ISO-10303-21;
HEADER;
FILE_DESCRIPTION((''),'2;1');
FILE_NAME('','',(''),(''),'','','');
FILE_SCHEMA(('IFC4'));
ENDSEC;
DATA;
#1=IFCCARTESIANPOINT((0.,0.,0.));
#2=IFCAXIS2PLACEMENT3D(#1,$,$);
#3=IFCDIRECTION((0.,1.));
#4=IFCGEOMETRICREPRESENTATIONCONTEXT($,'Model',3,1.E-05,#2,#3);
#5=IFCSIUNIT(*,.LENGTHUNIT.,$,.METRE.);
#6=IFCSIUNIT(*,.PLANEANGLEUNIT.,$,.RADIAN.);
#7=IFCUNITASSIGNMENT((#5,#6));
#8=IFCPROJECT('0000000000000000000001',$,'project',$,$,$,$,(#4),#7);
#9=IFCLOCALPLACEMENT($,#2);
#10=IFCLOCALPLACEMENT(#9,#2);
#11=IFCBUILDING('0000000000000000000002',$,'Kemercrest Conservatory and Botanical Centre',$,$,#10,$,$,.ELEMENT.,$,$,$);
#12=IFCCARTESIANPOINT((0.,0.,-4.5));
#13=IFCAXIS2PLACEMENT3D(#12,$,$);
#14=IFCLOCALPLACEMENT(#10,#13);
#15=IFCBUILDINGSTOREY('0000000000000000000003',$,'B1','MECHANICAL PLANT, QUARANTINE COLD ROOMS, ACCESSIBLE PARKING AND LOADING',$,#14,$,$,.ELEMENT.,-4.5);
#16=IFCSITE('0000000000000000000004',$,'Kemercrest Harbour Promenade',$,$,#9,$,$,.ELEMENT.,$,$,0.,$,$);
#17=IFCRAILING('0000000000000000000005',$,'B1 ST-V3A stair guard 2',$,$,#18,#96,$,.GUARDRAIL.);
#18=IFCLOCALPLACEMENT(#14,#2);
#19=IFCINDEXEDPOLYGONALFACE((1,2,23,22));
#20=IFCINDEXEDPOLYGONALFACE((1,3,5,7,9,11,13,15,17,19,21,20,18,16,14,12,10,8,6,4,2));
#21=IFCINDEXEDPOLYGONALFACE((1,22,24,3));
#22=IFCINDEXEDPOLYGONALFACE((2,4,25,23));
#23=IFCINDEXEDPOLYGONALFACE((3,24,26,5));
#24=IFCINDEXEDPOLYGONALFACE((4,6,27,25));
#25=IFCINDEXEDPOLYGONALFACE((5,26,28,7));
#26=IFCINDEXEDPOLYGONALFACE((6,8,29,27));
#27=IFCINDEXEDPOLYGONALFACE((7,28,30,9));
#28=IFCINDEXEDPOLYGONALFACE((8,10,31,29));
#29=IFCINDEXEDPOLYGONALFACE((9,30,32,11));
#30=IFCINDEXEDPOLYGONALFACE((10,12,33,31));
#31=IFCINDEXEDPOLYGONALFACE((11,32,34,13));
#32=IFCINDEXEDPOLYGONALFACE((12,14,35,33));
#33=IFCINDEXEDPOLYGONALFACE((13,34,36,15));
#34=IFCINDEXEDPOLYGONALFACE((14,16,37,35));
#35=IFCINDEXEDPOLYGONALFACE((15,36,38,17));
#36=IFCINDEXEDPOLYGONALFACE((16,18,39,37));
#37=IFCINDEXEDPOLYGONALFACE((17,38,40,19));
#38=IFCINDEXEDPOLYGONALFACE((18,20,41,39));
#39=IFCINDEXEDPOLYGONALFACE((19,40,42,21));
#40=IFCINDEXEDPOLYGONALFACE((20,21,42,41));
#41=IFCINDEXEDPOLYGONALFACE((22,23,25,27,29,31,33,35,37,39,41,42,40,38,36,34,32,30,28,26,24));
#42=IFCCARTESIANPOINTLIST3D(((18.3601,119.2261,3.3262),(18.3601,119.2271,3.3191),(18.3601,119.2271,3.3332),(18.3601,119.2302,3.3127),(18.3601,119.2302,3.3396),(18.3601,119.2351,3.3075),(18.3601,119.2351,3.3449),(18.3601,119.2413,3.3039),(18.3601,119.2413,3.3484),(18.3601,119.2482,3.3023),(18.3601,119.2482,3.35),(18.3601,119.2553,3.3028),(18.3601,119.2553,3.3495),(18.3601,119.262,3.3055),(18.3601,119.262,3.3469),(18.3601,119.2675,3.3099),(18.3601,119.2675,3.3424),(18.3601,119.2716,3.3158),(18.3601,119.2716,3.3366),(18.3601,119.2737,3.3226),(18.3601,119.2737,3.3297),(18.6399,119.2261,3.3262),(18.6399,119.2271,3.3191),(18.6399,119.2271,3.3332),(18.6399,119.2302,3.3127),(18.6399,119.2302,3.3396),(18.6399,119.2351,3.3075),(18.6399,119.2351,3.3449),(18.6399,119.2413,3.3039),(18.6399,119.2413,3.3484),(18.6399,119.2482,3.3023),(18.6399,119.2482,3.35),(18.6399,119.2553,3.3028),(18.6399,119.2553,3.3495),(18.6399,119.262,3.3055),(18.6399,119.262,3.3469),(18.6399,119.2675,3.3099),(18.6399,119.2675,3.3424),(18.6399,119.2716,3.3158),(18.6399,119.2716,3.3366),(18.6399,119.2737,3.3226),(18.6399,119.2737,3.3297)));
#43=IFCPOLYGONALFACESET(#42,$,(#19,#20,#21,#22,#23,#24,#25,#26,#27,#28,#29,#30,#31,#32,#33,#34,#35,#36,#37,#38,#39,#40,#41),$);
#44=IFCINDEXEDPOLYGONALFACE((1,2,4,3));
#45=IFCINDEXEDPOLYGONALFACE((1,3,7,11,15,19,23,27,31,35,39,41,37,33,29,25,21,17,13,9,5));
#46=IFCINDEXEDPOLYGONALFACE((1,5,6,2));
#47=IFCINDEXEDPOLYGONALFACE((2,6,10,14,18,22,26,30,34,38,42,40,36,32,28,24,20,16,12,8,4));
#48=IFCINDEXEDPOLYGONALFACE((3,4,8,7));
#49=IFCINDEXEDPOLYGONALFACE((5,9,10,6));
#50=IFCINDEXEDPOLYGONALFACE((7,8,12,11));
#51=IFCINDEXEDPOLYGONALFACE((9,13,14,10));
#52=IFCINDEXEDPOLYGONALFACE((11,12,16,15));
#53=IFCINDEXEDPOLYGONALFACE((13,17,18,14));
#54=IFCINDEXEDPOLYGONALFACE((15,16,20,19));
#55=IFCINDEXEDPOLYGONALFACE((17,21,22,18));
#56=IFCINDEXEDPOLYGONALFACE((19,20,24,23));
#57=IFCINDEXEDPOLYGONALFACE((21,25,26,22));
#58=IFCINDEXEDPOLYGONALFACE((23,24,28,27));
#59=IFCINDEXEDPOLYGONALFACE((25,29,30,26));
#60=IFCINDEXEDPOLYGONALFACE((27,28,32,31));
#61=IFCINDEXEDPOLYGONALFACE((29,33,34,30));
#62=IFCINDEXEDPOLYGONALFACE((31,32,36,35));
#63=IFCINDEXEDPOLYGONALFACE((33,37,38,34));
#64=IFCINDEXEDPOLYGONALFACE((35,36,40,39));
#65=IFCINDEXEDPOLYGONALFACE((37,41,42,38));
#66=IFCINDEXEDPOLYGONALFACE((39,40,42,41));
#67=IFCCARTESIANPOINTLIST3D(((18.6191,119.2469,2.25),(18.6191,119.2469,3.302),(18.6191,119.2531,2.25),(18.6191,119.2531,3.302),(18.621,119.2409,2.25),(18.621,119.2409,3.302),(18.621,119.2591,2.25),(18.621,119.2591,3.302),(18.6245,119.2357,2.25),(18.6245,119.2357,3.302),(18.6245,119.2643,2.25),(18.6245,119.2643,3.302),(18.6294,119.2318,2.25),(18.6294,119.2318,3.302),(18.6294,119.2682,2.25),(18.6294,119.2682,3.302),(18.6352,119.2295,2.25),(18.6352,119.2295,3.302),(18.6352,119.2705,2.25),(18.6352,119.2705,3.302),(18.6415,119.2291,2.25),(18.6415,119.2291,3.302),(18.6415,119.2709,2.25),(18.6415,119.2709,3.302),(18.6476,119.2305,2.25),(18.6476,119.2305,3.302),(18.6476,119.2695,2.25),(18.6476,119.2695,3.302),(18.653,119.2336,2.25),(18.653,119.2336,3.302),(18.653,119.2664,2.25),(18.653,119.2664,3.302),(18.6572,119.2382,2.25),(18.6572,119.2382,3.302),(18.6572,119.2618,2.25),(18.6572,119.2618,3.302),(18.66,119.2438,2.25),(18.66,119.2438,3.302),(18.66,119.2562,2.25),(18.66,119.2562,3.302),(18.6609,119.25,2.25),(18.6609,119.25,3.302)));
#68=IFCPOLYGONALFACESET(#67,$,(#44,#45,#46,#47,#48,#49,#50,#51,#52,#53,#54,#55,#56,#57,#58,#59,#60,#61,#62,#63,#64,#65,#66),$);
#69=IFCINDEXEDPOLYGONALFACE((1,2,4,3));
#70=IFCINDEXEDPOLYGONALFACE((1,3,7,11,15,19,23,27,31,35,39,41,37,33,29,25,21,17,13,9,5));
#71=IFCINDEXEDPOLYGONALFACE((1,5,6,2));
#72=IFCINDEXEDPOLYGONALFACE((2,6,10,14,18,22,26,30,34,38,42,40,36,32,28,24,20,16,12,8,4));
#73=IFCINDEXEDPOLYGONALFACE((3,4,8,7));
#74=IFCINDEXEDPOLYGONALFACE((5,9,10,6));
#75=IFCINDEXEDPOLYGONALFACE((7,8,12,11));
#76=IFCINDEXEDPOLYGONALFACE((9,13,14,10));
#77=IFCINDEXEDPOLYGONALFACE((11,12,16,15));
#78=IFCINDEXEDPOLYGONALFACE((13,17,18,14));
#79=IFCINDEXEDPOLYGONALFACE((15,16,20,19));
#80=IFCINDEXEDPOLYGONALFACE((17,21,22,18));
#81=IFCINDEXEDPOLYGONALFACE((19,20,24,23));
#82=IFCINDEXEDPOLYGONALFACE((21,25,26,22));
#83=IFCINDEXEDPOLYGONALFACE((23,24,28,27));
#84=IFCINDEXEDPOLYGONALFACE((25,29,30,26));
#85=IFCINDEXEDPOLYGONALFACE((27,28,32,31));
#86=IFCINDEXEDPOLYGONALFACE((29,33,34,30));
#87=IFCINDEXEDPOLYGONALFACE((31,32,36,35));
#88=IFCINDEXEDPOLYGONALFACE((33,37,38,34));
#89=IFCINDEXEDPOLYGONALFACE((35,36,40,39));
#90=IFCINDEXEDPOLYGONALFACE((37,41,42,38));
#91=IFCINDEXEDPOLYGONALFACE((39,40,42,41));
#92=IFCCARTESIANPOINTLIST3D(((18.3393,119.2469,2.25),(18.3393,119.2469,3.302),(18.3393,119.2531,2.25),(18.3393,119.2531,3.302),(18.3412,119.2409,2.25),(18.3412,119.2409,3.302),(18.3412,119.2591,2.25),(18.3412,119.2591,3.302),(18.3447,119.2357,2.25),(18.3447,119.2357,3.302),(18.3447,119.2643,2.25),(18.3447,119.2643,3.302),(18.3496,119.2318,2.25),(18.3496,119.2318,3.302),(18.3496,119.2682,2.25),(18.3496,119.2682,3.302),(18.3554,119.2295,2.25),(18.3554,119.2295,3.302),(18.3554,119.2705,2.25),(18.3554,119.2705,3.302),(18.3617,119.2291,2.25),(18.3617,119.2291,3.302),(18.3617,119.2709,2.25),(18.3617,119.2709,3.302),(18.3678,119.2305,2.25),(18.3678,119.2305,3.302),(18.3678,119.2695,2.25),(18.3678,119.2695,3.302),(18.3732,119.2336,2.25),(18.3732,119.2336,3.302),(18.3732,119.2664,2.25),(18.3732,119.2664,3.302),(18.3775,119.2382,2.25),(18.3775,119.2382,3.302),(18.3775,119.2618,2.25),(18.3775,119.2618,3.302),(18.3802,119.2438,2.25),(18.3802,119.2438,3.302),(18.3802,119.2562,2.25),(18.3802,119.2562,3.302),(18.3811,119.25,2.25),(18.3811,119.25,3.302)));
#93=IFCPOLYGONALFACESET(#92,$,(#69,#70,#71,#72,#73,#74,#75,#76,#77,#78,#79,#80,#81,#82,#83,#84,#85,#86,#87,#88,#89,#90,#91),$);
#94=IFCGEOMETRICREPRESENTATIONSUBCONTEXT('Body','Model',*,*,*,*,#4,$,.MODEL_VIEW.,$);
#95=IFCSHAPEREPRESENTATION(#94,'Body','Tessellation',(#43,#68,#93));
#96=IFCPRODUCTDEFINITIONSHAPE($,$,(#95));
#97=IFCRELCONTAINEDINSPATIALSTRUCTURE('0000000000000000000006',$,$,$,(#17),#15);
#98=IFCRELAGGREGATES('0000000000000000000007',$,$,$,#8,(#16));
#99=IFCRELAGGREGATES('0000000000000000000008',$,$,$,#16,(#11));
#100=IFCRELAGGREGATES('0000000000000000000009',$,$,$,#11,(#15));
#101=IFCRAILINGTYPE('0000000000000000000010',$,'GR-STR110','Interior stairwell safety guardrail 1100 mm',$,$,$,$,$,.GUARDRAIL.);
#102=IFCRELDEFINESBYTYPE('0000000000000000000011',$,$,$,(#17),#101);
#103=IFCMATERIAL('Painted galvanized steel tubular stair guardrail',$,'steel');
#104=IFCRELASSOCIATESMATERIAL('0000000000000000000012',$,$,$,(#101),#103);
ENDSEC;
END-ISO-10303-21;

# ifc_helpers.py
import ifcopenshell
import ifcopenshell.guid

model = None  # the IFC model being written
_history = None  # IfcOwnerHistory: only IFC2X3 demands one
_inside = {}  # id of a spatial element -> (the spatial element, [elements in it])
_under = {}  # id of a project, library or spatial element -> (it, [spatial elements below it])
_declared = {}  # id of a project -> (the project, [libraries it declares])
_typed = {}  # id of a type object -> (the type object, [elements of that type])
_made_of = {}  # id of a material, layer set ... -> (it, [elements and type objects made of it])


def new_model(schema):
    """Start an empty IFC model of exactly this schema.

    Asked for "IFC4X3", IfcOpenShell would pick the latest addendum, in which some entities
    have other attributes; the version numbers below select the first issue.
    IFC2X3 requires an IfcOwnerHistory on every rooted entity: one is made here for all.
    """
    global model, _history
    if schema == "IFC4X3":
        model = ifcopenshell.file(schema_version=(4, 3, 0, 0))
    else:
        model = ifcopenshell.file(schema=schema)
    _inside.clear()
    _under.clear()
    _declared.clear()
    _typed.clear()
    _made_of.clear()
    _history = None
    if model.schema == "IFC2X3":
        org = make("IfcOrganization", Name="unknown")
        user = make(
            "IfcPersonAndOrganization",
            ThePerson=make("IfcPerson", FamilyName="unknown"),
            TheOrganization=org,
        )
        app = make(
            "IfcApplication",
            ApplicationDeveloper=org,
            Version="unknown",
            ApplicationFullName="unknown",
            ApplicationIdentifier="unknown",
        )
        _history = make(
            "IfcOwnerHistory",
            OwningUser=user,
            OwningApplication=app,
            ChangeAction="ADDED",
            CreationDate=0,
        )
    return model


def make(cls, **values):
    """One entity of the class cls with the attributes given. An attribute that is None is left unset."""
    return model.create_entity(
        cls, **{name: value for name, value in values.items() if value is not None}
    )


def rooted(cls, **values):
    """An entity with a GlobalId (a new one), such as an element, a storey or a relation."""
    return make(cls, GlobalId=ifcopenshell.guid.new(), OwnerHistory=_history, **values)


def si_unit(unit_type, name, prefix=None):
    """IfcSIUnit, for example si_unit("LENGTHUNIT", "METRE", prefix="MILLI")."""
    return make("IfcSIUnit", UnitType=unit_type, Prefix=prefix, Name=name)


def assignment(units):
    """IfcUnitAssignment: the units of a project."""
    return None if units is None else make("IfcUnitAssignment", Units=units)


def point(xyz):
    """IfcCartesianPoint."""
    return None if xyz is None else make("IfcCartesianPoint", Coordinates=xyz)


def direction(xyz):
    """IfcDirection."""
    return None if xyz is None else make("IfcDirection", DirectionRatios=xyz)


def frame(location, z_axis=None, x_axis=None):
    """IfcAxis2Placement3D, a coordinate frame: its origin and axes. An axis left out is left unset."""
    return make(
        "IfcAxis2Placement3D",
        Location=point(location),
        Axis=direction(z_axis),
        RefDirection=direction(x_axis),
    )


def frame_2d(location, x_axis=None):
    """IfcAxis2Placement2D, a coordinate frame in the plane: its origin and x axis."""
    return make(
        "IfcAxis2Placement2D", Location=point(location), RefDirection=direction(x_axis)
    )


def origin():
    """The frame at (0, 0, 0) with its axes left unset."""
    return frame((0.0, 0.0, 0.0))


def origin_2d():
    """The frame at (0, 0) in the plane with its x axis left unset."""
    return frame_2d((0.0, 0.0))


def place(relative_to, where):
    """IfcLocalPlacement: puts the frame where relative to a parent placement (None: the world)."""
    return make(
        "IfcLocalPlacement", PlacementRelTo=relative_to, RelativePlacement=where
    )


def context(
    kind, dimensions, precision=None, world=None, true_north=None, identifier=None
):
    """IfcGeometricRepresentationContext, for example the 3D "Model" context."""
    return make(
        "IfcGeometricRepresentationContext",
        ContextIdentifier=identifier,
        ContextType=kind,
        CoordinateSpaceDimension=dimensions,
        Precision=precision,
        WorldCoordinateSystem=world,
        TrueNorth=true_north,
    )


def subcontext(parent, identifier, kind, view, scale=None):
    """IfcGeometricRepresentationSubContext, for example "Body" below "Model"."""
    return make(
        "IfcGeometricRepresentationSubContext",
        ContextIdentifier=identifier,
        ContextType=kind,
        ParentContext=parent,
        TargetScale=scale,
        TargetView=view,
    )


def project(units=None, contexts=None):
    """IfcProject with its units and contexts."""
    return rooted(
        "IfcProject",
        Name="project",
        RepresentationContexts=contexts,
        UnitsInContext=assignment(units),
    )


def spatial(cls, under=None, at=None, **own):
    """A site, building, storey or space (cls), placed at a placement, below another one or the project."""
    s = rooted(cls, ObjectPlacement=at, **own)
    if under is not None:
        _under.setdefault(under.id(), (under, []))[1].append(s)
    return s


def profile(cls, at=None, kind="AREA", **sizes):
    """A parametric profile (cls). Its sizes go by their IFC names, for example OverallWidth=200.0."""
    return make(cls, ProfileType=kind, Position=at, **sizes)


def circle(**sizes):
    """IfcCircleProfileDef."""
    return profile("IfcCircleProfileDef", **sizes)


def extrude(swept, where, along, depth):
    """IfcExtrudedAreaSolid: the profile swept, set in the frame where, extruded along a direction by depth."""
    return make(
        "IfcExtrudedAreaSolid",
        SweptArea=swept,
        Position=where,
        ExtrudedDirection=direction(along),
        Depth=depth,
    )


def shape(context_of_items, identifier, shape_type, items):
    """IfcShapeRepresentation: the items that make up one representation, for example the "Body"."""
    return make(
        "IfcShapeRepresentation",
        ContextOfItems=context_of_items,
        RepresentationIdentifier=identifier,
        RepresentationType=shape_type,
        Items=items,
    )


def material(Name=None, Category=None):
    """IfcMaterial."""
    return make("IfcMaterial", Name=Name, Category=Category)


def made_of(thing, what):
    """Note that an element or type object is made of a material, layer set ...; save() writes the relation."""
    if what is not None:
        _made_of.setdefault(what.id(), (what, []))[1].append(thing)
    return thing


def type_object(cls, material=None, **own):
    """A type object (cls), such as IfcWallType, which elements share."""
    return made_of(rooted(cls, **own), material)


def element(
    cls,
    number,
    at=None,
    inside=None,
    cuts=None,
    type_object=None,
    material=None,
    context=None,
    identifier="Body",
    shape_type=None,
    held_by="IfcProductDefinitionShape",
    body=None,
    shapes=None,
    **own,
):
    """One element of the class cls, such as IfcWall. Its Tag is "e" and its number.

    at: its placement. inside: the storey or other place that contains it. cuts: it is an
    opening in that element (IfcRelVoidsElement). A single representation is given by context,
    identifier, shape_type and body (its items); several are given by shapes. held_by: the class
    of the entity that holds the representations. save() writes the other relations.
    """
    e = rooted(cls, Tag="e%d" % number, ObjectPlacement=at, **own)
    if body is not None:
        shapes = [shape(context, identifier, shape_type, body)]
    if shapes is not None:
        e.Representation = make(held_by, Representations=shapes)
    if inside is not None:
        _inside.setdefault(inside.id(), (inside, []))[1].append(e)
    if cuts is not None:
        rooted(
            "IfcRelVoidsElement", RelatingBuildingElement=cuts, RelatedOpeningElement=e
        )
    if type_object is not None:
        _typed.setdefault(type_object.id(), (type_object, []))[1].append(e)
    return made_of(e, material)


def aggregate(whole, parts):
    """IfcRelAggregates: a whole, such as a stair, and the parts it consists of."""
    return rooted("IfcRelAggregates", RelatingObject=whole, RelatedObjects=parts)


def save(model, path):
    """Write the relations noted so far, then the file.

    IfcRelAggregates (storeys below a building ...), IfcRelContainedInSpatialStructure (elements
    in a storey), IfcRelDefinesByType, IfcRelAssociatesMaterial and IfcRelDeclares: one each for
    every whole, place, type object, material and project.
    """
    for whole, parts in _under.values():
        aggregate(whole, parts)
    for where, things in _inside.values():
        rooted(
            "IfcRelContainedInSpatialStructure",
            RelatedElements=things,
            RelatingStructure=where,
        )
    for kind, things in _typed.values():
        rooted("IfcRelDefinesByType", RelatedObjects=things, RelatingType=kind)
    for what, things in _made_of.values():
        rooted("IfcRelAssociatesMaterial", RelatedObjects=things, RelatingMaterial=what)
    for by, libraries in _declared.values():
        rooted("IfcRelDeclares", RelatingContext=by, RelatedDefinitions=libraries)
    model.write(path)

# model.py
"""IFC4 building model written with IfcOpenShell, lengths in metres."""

from ifc_helpers import new_model, si_unit, direction, frame, origin, origin_2d, place, context, subcontext, project, spatial, circle, extrude, material, type_object, element, save


model = new_model("IFC4")

# Units and contexts
model_context = context("Model", 3, precision=1e-05, world=origin(), true_north=direction((0.0, 1.0)))
body_context = subcontext(model_context, "Body", "Model", "MODEL_VIEW")
ifc_project = project(units=[si_unit("LENGTHUNIT", "METRE"), si_unit("PLANEANGLEUNIT", "RADIAN")], contexts=[model_context])

# Site, building, storey
site_placement = place(None, origin())
site = spatial("IfcSite", under=ifc_project, at=site_placement, Name="Kemercrest Harbour Promenade", CompositionType="ELEMENT", RefElevation=0.0)
building_placement = place(site_placement, origin())
building = spatial("IfcBuilding", under=site, at=building_placement, Name="Kemercrest Conservatory and Botanical Centre", CompositionType="ELEMENT")
storey_placement = place(building_placement, frame((0.0, 0.0, -4.5)))
storey = spatial("IfcBuildingStorey", under=building, at=storey_placement, Name="B1", Description="MECHANICAL PLANT, QUARANTINE COLD ROOMS, ACCESSIBLE PARKING AND LOADING", CompositionType="ELEMENT", Elevation=-4.5)

# Railing
ifc_material_1 = material(Name="Painted galvanized steel tubular stair guardrail", Category="steel")
railing_type_1 = type_object("IfcRailingType", Name="GR-STR110", Description="Interior stairwell safety guardrail 1100 mm", PredefinedType="GUARDRAIL", material=ifc_material_1)
railing_1_placement = place(storey_placement, frame((18.6399, 119.25, 2.25)))
element("IfcRailing", 1, at=railing_1_placement, inside=storey, type_object=railing_type_1, Name="B1 ST-V3A stair guard 2", PredefinedType="GUARDRAIL", context=body_context, shape_type="SweptSolid", body=[
    extrude(circle(Radius=0.0239, at=origin_2d()), frame((0.0, 0.0, 1.0762), z_axis=(-1.0, 0.0, 0.0), x_axis=(0.0, -1.0, 0.0)), (0.0, 0.0, 1.0), 0.2798),
    extrude(circle(Radius=0.021, at=origin_2d()), origin(), (0.0, 0.0, 1.0), 1.052),
    extrude(circle(Radius=0.021, at=origin_2d()), frame((-0.2798, 0.0, 0.0)), (0.0, 0.0, 1.0), 1.052),
])

save(model, "model.ifc")
